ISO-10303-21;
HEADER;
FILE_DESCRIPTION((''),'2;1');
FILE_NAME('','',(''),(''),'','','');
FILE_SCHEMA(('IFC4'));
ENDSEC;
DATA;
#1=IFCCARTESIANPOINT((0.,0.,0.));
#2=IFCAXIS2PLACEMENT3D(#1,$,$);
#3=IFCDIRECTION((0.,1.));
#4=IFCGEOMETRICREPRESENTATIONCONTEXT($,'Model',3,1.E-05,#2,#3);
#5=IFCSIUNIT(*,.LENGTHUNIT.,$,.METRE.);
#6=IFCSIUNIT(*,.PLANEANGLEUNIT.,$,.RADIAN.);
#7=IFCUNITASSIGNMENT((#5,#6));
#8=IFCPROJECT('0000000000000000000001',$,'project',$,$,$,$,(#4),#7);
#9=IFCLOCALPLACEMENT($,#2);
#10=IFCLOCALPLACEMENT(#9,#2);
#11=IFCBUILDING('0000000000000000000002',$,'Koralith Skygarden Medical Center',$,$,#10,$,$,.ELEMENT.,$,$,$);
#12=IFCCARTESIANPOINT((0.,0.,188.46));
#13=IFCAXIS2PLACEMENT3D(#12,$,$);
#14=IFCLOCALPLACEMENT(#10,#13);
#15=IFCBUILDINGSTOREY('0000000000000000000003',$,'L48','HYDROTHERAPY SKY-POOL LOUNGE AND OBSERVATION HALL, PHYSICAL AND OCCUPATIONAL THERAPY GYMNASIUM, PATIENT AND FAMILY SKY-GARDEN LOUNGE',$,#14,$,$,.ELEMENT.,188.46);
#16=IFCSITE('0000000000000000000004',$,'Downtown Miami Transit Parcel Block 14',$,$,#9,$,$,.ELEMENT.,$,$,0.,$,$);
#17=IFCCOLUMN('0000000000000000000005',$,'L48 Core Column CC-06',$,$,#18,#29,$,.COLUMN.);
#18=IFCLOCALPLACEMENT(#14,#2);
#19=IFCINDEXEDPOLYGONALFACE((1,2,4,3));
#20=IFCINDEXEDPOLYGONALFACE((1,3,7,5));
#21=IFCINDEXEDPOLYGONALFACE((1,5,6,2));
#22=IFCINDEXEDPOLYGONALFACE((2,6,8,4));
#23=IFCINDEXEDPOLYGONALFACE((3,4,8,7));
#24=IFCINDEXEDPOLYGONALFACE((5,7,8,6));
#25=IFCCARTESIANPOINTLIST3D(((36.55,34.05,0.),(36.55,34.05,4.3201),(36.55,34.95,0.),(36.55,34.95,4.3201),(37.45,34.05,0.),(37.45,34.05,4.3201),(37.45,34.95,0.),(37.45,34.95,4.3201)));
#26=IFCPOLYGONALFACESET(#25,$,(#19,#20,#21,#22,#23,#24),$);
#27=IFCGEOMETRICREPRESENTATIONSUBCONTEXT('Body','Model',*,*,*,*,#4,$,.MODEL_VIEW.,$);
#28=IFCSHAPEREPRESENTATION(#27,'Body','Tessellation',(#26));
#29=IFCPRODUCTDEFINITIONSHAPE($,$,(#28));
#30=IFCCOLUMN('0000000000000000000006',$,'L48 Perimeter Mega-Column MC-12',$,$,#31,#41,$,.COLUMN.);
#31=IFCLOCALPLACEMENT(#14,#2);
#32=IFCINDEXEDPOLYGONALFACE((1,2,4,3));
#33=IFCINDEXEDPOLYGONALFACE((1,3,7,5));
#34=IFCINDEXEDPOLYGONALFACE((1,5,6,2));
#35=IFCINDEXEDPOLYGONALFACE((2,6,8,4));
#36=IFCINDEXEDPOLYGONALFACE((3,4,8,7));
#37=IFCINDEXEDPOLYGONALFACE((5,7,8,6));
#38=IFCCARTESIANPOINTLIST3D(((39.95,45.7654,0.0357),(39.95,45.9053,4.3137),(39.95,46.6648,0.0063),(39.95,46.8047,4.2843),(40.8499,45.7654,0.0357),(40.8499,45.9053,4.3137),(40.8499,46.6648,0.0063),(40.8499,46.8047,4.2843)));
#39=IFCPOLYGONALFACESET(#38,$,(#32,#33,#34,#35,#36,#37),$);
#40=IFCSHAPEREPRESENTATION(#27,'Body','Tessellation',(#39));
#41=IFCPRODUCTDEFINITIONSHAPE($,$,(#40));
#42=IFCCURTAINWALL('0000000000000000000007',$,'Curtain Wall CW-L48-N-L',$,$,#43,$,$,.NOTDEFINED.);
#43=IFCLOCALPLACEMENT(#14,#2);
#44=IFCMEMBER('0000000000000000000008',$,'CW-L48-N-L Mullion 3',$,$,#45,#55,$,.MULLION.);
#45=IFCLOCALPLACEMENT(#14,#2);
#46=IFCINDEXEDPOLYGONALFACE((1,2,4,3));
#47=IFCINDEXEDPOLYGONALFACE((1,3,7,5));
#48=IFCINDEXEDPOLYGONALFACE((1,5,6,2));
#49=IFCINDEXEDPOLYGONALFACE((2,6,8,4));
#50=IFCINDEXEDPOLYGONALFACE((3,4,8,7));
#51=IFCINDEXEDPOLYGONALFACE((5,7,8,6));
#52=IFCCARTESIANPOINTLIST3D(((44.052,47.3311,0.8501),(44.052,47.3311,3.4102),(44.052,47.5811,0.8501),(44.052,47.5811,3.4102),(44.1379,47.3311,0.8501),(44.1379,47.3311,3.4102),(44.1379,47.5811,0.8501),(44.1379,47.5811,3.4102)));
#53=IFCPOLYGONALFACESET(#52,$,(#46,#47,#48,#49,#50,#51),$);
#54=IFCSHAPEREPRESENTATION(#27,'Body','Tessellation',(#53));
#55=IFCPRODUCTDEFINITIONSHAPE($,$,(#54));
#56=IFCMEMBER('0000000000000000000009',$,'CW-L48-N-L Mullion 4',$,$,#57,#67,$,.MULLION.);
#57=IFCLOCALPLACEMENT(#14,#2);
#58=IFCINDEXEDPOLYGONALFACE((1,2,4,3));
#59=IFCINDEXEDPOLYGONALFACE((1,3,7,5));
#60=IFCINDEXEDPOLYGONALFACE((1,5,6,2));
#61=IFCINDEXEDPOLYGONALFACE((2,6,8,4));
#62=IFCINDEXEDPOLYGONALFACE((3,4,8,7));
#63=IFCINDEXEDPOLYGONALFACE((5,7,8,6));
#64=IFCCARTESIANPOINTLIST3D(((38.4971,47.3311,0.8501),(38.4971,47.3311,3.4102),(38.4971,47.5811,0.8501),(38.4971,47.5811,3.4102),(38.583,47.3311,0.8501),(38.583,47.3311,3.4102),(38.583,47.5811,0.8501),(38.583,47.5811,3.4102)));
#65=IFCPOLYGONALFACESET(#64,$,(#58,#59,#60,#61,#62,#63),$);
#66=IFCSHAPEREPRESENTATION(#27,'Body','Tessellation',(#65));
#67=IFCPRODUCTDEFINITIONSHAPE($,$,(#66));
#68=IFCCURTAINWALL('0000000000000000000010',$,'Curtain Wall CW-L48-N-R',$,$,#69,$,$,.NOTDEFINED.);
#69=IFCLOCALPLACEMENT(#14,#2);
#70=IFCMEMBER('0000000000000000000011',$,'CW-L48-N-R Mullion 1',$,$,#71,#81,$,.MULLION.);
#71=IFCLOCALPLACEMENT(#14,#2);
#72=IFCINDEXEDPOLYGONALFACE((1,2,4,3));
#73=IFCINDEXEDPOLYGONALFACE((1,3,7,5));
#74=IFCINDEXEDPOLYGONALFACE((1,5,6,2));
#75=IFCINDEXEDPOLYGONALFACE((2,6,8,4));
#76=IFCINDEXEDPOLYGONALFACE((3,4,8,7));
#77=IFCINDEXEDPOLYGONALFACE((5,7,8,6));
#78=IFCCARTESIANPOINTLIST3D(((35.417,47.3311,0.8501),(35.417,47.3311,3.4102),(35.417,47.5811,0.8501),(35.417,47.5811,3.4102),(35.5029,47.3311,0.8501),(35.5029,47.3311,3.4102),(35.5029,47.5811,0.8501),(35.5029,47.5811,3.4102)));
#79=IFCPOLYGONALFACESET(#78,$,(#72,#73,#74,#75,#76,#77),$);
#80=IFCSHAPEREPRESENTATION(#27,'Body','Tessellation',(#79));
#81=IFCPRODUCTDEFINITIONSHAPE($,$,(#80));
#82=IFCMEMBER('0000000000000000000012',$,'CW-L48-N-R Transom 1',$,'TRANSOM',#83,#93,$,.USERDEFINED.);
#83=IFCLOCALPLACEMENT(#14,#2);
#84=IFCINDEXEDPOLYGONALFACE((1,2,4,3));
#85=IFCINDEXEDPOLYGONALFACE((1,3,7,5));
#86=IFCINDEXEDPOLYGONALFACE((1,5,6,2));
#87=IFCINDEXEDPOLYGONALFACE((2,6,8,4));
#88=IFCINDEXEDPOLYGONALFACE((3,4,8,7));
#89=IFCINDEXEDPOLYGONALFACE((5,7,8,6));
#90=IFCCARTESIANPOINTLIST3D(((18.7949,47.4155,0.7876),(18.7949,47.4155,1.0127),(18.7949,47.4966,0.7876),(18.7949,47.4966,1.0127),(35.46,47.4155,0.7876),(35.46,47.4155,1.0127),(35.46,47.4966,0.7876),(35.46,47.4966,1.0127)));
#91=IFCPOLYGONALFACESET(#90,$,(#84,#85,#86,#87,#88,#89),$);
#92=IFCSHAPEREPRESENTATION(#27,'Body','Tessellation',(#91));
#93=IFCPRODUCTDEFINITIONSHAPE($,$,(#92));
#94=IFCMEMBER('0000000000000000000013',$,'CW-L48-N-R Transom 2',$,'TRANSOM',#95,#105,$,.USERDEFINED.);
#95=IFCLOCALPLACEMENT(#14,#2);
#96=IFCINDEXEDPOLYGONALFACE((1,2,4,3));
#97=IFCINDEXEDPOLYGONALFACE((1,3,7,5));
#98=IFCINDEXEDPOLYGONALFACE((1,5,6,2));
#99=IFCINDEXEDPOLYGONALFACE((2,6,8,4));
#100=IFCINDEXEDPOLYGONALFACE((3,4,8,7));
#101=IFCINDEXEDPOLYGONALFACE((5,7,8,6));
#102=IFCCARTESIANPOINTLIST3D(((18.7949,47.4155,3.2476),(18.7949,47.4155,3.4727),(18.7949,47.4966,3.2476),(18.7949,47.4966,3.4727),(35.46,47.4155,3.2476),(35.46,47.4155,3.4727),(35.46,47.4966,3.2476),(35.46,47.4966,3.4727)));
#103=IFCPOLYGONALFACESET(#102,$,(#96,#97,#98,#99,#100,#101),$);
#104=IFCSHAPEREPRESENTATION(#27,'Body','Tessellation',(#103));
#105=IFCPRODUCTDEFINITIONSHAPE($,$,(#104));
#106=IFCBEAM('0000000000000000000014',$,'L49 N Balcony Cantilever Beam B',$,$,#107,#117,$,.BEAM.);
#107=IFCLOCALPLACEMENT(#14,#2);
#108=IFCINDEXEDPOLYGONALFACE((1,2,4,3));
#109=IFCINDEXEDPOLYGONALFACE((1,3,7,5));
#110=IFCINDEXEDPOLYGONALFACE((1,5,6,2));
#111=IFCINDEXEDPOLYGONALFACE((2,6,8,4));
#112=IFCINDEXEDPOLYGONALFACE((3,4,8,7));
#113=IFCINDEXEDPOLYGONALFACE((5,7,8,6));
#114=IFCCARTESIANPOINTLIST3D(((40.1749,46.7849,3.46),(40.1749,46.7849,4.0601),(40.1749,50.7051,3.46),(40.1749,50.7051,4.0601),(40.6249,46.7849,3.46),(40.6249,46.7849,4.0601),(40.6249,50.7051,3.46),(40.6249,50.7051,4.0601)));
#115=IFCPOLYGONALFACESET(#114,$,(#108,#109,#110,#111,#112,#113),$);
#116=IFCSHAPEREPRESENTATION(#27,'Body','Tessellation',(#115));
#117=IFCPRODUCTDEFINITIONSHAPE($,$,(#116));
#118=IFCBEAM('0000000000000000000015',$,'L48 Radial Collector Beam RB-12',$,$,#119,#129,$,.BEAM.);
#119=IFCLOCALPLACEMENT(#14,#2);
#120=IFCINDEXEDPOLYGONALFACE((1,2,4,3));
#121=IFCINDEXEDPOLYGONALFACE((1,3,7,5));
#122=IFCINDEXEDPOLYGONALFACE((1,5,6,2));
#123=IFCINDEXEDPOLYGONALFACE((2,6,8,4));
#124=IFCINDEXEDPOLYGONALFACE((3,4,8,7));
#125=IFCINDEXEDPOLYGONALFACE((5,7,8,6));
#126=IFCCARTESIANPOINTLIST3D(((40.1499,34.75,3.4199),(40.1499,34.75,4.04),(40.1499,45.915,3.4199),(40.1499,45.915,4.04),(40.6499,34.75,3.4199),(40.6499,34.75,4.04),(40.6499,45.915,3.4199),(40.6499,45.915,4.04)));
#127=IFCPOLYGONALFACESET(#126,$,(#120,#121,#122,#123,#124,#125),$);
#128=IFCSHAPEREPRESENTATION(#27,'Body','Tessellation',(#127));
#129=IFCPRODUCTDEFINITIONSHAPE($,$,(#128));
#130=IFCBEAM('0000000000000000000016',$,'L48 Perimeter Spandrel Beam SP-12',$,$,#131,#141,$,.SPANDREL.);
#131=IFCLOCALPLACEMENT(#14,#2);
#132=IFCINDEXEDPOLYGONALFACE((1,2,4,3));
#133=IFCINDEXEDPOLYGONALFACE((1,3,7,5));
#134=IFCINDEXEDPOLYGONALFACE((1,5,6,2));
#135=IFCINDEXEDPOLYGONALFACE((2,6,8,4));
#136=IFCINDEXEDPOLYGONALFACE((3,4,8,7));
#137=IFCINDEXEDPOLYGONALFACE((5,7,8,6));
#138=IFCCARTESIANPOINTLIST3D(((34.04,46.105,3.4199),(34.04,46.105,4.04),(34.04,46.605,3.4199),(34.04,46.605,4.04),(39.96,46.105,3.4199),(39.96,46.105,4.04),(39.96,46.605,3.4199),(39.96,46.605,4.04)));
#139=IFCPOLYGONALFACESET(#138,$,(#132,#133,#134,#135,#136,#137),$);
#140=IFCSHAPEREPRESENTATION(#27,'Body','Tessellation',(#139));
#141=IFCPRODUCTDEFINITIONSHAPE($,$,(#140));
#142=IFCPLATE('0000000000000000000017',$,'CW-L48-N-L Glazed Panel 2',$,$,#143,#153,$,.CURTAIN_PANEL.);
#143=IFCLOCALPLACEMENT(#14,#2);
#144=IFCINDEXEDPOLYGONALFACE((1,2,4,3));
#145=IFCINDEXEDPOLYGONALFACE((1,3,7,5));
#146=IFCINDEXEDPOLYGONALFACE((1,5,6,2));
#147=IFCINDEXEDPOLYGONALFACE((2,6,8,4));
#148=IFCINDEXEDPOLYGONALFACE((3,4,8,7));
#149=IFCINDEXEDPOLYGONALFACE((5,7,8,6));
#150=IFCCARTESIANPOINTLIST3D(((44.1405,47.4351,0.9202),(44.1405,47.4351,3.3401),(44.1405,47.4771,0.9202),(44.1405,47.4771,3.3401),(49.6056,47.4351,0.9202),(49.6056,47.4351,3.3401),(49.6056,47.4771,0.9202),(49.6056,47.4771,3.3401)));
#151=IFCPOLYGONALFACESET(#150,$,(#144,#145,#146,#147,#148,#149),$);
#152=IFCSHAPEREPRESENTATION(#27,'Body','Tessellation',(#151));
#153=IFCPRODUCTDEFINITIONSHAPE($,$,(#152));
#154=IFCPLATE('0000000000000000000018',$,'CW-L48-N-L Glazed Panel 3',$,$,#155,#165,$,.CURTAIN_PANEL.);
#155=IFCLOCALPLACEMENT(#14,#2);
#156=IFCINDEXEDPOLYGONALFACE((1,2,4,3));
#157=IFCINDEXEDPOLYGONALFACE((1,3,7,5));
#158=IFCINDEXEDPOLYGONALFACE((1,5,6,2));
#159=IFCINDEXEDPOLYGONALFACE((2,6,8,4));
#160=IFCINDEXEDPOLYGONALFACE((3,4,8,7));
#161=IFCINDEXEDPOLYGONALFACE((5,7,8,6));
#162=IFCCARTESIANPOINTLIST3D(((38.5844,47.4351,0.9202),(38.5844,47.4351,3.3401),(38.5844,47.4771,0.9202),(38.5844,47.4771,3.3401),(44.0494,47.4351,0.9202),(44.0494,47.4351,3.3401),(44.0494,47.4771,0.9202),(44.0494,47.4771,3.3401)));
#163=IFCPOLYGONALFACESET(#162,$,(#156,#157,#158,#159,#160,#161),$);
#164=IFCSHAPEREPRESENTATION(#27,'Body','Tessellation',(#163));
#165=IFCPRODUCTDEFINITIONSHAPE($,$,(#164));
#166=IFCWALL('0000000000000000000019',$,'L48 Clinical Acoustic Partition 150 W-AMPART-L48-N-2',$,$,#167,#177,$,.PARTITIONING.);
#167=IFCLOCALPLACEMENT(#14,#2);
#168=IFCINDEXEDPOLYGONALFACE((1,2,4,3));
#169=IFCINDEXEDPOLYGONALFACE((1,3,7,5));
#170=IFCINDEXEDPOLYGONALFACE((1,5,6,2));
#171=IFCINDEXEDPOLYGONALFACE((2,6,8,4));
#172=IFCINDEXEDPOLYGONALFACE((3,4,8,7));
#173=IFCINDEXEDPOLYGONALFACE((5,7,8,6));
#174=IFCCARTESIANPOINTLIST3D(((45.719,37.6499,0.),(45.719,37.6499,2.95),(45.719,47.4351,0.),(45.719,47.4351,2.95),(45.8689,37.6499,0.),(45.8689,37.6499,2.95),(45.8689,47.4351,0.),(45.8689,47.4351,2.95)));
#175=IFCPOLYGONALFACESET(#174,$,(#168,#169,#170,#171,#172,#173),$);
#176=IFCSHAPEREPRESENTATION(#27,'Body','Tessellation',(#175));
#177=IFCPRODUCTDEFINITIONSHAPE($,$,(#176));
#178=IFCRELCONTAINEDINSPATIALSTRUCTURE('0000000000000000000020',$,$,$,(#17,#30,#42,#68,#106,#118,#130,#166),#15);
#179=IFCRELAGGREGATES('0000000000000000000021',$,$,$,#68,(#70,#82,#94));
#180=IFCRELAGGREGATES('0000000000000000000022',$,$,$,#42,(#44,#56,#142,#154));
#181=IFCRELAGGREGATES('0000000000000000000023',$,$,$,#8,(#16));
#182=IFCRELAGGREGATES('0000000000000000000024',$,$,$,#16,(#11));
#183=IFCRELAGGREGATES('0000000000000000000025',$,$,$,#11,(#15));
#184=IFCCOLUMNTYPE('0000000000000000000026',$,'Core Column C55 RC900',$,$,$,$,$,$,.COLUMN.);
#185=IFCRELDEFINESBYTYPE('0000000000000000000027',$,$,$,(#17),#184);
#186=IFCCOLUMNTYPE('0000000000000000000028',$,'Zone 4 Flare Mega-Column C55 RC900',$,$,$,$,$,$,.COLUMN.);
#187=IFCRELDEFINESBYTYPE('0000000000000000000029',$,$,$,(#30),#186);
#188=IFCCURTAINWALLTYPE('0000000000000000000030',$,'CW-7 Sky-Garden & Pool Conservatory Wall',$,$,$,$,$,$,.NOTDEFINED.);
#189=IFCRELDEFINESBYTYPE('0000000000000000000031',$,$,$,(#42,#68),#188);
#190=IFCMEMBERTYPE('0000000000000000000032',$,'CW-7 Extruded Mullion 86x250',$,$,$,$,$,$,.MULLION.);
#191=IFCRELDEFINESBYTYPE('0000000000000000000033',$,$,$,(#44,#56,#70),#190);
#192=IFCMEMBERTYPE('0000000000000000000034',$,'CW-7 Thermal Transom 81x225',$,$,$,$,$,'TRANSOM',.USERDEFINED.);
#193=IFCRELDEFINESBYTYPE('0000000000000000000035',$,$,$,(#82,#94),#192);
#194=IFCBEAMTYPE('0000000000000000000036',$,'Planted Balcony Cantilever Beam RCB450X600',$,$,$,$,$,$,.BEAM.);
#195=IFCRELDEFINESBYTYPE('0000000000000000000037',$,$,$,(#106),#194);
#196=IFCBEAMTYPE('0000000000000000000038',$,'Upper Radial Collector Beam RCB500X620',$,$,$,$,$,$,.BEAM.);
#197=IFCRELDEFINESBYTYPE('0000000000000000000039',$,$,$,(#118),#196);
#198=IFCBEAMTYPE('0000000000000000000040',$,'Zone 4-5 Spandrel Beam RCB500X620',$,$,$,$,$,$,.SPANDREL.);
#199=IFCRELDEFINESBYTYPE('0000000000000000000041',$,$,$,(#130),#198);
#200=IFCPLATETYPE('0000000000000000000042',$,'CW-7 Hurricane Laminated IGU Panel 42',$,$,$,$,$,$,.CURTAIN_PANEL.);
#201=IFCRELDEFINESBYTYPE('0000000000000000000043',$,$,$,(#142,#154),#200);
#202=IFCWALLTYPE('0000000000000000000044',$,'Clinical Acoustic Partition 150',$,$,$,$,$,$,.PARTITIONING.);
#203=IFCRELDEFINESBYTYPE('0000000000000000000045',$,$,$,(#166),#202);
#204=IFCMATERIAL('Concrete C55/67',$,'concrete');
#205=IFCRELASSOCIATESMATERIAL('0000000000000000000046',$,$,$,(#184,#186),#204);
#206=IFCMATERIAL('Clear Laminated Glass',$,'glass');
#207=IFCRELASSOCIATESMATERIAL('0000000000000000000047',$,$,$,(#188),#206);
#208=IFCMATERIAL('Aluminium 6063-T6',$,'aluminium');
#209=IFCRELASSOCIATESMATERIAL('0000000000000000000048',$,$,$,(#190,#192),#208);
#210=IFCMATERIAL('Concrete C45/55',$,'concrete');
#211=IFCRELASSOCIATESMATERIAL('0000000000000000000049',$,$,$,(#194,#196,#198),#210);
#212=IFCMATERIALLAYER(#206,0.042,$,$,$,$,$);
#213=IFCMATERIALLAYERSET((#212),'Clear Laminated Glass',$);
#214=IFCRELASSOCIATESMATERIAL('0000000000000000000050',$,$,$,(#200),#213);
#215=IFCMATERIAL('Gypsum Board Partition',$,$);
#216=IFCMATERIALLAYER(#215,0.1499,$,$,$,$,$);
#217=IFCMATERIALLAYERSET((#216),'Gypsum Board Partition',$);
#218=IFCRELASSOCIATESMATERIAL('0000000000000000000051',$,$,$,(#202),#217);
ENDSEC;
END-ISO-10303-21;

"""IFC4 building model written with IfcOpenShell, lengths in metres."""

from ifc_helpers import new_model, si_unit, direction, frame, frame_2d, origin, origin_2d, place, context, subcontext, project, spatial, rectangle, extrude, material, layer, layer_set, material_profile, profile_set, type_object, element, aggregate, save


model = new_model("IFC4")

# Units and contexts
model_context = context("Model", 3, precision=1e-05, world=origin(), true_north=direction((0.0, 1.0)))
body_context = subcontext(model_context, "Body", "Model", "MODEL_VIEW")
ifc_project = project(units=[si_unit("LENGTHUNIT", "METRE"), si_unit("PLANEANGLEUNIT", "RADIAN")], contexts=[model_context])

# Site, building, storey
site_placement = place(None, origin())
site = spatial("IfcSite", under=ifc_project, at=site_placement, Name="Downtown Miami Transit Parcel Block 14", CompositionType="ELEMENT", RefElevation=0.0)
building_placement = place(site_placement, origin())
building = spatial("IfcBuilding", under=site, at=building_placement, Name="Koralith Skygarden Medical Center", CompositionType="ELEMENT")
storey_placement = place(building_placement, frame((0.0, 0.0, 188.46)))
storey = spatial("IfcBuildingStorey", under=building, at=storey_placement, Name="L48", Description="HYDROTHERAPY SKY-POOL LOUNGE AND OBSERVATION HALL, PHYSICAL AND OCCUPATIONAL THERAPY GYMNASIUM, PATIENT AND FAMILY SKY-GARDEN LOUNGE", CompositionType="ELEMENT", Elevation=188.46)

# Columns
ifc_material_1 = material(Name="Concrete C55/67", Category="concrete")
ifc_material_profile_1 = material_profile(ifc_material_1, rectangle(XDim=0.8999, YDim=0.8999, at=origin_2d()), Name="RC900X900")
ifc_profile_set_1 = profile_set([ifc_material_profile_1], Name="Concrete C55/67")
column_type_1 = type_object("IfcColumnType", Name="Core Column C55 RC900", PredefinedType="COLUMN", material=ifc_profile_set_1)
column_1_placement = place(storey_placement, frame((37.0, 34.5, 0.0), z_axis=(0.0, 0.0, 1.0), x_axis=(1.0, 0.0, 0.0)))
element("IfcColumn", 1, at=column_1_placement, inside=storey, type_object=column_type_1, Name="L48 Core Column CC-06", PredefinedType="COLUMN", context=body_context, shape_type="SweptSolid", body=[
    extrude(rectangle(XDim=0.8999, YDim=0.8999, at=origin_2d()), origin(), (0.0, 0.0, 1.0), 4.3201),
])
ifc_material_profile_2 = material_profile(ifc_material_1, rectangle(XDim=0.8999, YDim=0.8999, at=origin_2d()), Name="RC900X900")
ifc_profile_set_2 = profile_set([ifc_material_profile_2], Name="Concrete C55/67")
column_type_2 = type_object("IfcColumnType", Name="Zone 4 Flare Mega-Column C55 RC900", PredefinedType="COLUMN", material=ifc_profile_set_2)
column_2_placement = place(storey_placement, frame((40.3999, 46.2151, 0.021), z_axis=(0.0, 0.032682, 0.999466), x_axis=(-1.0, 0.0, 0.0)))
element("IfcColumn", 2, at=column_2_placement, inside=storey, type_object=column_type_2, Name="L48 Perimeter Mega-Column MC-12", PredefinedType="COLUMN", context=body_context, shape_type="SweptSolid", body=[
    extrude(rectangle(XDim=0.8999, YDim=0.8999, at=origin_2d()), origin(), (0.0, 0.0, 1.0), 4.2803),
])

# Curtain walls, members
ifc_material_2 = material(Name="Clear Laminated Glass", Category="glass")
curtain_wall_type = type_object("IfcCurtainWallType", Name="CW-7 Sky-Garden & Pool Conservatory Wall", PredefinedType="NOTDEFINED", material=ifc_material_2)
curtain_wall_1_placement = place(storey_placement, origin())
curtain_wall_1 = element("IfcCurtainWall", 3, at=curtain_wall_1_placement, inside=storey, type_object=curtain_wall_type, Name="Curtain Wall CW-L48-N-L", PredefinedType="NOTDEFINED")
ifc_material_3 = material(Name="Aluminium 6063-T6", Category="aluminium")
ifc_material_profile_3 = material_profile(ifc_material_3, rectangle(XDim=0.0859, YDim=0.25, at=origin_2d()), Name="MUL86X250")
ifc_profile_set_3 = profile_set([ifc_material_profile_3], Name="Aluminium 6063-T6")
member_type_1 = type_object("IfcMemberType", Name="CW-7 Extruded Mullion 86x250", PredefinedType="MULLION", material=ifc_profile_set_3)
member_1_placement = place(storey_placement, frame((44.095, 47.4561, 0.8501), z_axis=(0.0, 0.0, 1.0), x_axis=(1.0, 0.0, 0.0)))
member_1 = element("IfcMember", 4, at=member_1_placement, type_object=member_type_1, Name="CW-L48-N-L Mullion 3", PredefinedType="MULLION", context=body_context, shape_type="SweptSolid", body=[
    extrude(rectangle(XDim=0.0859, YDim=0.25, at=origin_2d()), origin(), (0.0, 0.0, 1.0), 2.5601),
])
member_2_placement = place(storey_placement, frame((38.54, 47.4561, 0.8501), z_axis=(0.0, 0.0, 1.0), x_axis=(1.0, 0.0, 0.0)))
member_2 = element("IfcMember", 5, at=member_2_placement, type_object=member_type_1, Name="CW-L48-N-L Mullion 4", PredefinedType="MULLION", context=body_context, shape_type="SweptSolid", body=[
    extrude(rectangle(XDim=0.0859, YDim=0.25, at=origin_2d()), origin(), (0.0, 0.0, 1.0), 2.5601),
])
curtain_wall_2_placement = place(storey_placement, origin())
curtain_wall_2 = element("IfcCurtainWall", 6, at=curtain_wall_2_placement, inside=storey, type_object=curtain_wall_type, Name="Curtain Wall CW-L48-N-R", PredefinedType="NOTDEFINED")
member_3_placement = place(storey_placement, frame((35.46, 47.4561, 0.8501), z_axis=(0.0, 0.0, 1.0), x_axis=(1.0, 0.0, 0.0)))
member_3 = element("IfcMember", 7, at=member_3_placement, type_object=member_type_1, Name="CW-L48-N-R Mullion 1", PredefinedType="MULLION", context=body_context, shape_type="SweptSolid", body=[
    extrude(rectangle(XDim=0.0859, YDim=0.25, at=origin_2d()), origin(), (0.0, 0.0, 1.0), 2.5601),
])
ifc_material_profile_4 = material_profile(ifc_material_3, rectangle(XDim=0.0811, YDim=0.2251, at=origin_2d()), Name="TRN81X225")
ifc_profile_set_4 = profile_set([ifc_material_profile_4], Name="Aluminium 6063-T6")
member_type_2 = type_object("IfcMemberType", Name="CW-7 Thermal Transom 81x225", ElementType="TRANSOM", PredefinedType="USERDEFINED", material=ifc_profile_set_4)
member_4_placement = place(storey_placement, frame((35.46, 47.4561, 0.9001), z_axis=(-1.0, 0.0, 0.0), x_axis=(0.0, -1.0, 0.0)))
member_4 = element("IfcMember", 8, at=member_4_placement, type_object=member_type_2, Name="CW-L48-N-R Transom 1", ObjectType="TRANSOM", PredefinedType="USERDEFINED", context=body_context, shape_type="SweptSolid", body=[
    extrude(rectangle(XDim=0.0811, YDim=0.2251, at=origin_2d()), origin(), (0.0, 0.0, 1.0), 16.665),
])
member_5_placement = place(storey_placement, frame((35.46, 47.4561, 3.3601), z_axis=(-1.0, 0.0, 0.0), x_axis=(0.0, -1.0, 0.0)))
member_5 = element("IfcMember", 9, at=member_5_placement, type_object=member_type_2, Name="CW-L48-N-R Transom 2", ObjectType="TRANSOM", PredefinedType="USERDEFINED", context=body_context, shape_type="SweptSolid", body=[
    extrude(rectangle(XDim=0.0811, YDim=0.2251, at=origin_2d()), origin(), (0.0, 0.0, 1.0), 16.665),
])
aggregate(curtain_wall_2, [member_3, member_4, member_5])

# Beams
ifc_material_4 = material(Name="Concrete C45/55", Category="concrete")
ifc_material_profile_5 = material_profile(ifc_material_4, rectangle(XDim=0.45, YDim=0.6001, at=origin_2d()), Name="RCB450X600")
ifc_profile_set_5 = profile_set([ifc_material_profile_5], Name="Concrete C45/55")
beam_type_1 = type_object("IfcBeamType", Name="Planted Balcony Cantilever Beam RCB450X600", PredefinedType="BEAM", material=ifc_profile_set_5)
beam_1_placement = place(storey_placement, frame((40.3999, 46.7849, 3.76), z_axis=(0.0, 1.0, 0.0), x_axis=(-1.0, 0.0, 0.0)))
element("IfcBeam", 10, at=beam_1_placement, inside=storey, type_object=beam_type_1, Name="L49 N Balcony Cantilever Beam B", PredefinedType="BEAM", context=body_context, shape_type="SweptSolid", body=[
    extrude(rectangle(XDim=0.45, YDim=0.6001, at=origin_2d()), origin(), (0.0, 0.0, 1.0), 3.9202),
])
ifc_material_profile_6 = material_profile(ifc_material_4, rectangle(XDim=0.5, YDim=0.6201, at=origin_2d()), Name="RCB500X620")
ifc_profile_set_6 = profile_set([ifc_material_profile_6], Name="Concrete C45/55")
beam_type_2 = type_object("IfcBeamType", Name="Upper Radial Collector Beam RCB500X620", PredefinedType="BEAM", material=ifc_profile_set_6)
beam_2_placement = place(storey_placement, frame((40.3999, 34.75, 3.73), z_axis=(0.0, 1.0, 0.0), x_axis=(-1.0, 0.0, 0.0)))
element("IfcBeam", 11, at=beam_2_placement, inside=storey, type_object=beam_type_2, Name="L48 Radial Collector Beam RB-12", PredefinedType="BEAM", context=body_context, shape_type="SweptSolid", body=[
    extrude(rectangle(XDim=0.5, YDim=0.6201, at=origin_2d()), origin(), (0.0, 0.0, 1.0), 11.165),
])
ifc_material_profile_7 = material_profile(ifc_material_4, rectangle(XDim=0.5, YDim=0.6201, at=origin_2d()), Name="RCB500X620")
ifc_profile_set_7 = profile_set([ifc_material_profile_7], Name="Concrete C45/55")
beam_type_3 = type_object("IfcBeamType", Name="Zone 4-5 Spandrel Beam RCB500X620", PredefinedType="SPANDREL", material=ifc_profile_set_7)
beam_3_placement = place(storey_placement, frame((39.96, 46.355, 3.73), z_axis=(-1.0, 0.0, 0.0), x_axis=(0.0, -1.0, 0.0)))
element("IfcBeam", 12, at=beam_3_placement, inside=storey, type_object=beam_type_3, Name="L48 Perimeter Spandrel Beam SP-12", PredefinedType="SPANDREL", context=body_context, shape_type="SweptSolid", body=[
    extrude(rectangle(XDim=0.5, YDim=0.6201, at=origin_2d()), origin(), (0.0, 0.0, 1.0), 5.9199),
])

# Plates
ifc_layer_1 = layer(ifc_material_2, 0.042)
ifc_layer_set_1 = layer_set([ifc_layer_1], Name="Clear Laminated Glass")
plate_type = type_object("IfcPlateType", Name="CW-7 Hurricane Laminated IGU Panel 42", PredefinedType="CURTAIN_PANEL", material=ifc_layer_set_1)
plate_1_placement = place(storey_placement, frame((46.873, 47.4561, 0.9202), z_axis=(0.0, 0.0, 1.0), x_axis=(-1.0, 0.0, 0.0)))
plate_1 = element("IfcPlate", 13, at=plate_1_placement, type_object=plate_type, Name="CW-L48-N-L Glazed Panel 2", PredefinedType="CURTAIN_PANEL", context=body_context, shape_type="SweptSolid", body=[
    extrude(rectangle(XDim=5.4651, YDim=0.042, at=origin_2d()), origin(), (0.0, 0.0, 1.0), 2.4199),
])
plate_2_placement = place(storey_placement, frame((41.3169, 47.4561, 0.9202), z_axis=(0.0, 0.0, 1.0), x_axis=(-1.0, 0.0, 0.0)))
plate_2 = element("IfcPlate", 14, at=plate_2_placement, type_object=plate_type, Name="CW-L48-N-L Glazed Panel 3", PredefinedType="CURTAIN_PANEL", context=body_context, shape_type="SweptSolid", body=[
    extrude(rectangle(XDim=5.4651, YDim=0.042, at=origin_2d()), origin(), (0.0, 0.0, 1.0), 2.4199),
])
aggregate(curtain_wall_1, [member_1, member_2, plate_1, plate_2])

# Wall
ifc_material_5 = material(Name="Gypsum Board Partition")
ifc_layer_2 = layer(ifc_material_5, 0.1499)
ifc_layer_set_2 = layer_set([ifc_layer_2], Name="Gypsum Board Partition")
wall_type_1 = type_object("IfcWallType", Name="Clinical Acoustic Partition 150", PredefinedType="PARTITIONING", material=ifc_layer_set_2)
wall_1_placement = place(storey_placement, frame((45.7939, 37.6499, 0.0), z_axis=(0.0, 0.0, 1.0), x_axis=(0.0, 1.0, 0.0)))
element("IfcWall", 15, at=wall_1_placement, inside=storey, type_object=wall_type_1, Name="L48 Clinical Acoustic Partition 150 W-AMPART-L48-N-2", PredefinedType="PARTITIONING", context=body_context, shape_type="SweptSolid", body=[
    extrude(rectangle(XDim=9.7852, YDim=0.1499, at=frame_2d((4.8926, 0.0))), origin(), (0.0, 0.0, 1.0), 2.95),
])

save(model, "model.ifc")
